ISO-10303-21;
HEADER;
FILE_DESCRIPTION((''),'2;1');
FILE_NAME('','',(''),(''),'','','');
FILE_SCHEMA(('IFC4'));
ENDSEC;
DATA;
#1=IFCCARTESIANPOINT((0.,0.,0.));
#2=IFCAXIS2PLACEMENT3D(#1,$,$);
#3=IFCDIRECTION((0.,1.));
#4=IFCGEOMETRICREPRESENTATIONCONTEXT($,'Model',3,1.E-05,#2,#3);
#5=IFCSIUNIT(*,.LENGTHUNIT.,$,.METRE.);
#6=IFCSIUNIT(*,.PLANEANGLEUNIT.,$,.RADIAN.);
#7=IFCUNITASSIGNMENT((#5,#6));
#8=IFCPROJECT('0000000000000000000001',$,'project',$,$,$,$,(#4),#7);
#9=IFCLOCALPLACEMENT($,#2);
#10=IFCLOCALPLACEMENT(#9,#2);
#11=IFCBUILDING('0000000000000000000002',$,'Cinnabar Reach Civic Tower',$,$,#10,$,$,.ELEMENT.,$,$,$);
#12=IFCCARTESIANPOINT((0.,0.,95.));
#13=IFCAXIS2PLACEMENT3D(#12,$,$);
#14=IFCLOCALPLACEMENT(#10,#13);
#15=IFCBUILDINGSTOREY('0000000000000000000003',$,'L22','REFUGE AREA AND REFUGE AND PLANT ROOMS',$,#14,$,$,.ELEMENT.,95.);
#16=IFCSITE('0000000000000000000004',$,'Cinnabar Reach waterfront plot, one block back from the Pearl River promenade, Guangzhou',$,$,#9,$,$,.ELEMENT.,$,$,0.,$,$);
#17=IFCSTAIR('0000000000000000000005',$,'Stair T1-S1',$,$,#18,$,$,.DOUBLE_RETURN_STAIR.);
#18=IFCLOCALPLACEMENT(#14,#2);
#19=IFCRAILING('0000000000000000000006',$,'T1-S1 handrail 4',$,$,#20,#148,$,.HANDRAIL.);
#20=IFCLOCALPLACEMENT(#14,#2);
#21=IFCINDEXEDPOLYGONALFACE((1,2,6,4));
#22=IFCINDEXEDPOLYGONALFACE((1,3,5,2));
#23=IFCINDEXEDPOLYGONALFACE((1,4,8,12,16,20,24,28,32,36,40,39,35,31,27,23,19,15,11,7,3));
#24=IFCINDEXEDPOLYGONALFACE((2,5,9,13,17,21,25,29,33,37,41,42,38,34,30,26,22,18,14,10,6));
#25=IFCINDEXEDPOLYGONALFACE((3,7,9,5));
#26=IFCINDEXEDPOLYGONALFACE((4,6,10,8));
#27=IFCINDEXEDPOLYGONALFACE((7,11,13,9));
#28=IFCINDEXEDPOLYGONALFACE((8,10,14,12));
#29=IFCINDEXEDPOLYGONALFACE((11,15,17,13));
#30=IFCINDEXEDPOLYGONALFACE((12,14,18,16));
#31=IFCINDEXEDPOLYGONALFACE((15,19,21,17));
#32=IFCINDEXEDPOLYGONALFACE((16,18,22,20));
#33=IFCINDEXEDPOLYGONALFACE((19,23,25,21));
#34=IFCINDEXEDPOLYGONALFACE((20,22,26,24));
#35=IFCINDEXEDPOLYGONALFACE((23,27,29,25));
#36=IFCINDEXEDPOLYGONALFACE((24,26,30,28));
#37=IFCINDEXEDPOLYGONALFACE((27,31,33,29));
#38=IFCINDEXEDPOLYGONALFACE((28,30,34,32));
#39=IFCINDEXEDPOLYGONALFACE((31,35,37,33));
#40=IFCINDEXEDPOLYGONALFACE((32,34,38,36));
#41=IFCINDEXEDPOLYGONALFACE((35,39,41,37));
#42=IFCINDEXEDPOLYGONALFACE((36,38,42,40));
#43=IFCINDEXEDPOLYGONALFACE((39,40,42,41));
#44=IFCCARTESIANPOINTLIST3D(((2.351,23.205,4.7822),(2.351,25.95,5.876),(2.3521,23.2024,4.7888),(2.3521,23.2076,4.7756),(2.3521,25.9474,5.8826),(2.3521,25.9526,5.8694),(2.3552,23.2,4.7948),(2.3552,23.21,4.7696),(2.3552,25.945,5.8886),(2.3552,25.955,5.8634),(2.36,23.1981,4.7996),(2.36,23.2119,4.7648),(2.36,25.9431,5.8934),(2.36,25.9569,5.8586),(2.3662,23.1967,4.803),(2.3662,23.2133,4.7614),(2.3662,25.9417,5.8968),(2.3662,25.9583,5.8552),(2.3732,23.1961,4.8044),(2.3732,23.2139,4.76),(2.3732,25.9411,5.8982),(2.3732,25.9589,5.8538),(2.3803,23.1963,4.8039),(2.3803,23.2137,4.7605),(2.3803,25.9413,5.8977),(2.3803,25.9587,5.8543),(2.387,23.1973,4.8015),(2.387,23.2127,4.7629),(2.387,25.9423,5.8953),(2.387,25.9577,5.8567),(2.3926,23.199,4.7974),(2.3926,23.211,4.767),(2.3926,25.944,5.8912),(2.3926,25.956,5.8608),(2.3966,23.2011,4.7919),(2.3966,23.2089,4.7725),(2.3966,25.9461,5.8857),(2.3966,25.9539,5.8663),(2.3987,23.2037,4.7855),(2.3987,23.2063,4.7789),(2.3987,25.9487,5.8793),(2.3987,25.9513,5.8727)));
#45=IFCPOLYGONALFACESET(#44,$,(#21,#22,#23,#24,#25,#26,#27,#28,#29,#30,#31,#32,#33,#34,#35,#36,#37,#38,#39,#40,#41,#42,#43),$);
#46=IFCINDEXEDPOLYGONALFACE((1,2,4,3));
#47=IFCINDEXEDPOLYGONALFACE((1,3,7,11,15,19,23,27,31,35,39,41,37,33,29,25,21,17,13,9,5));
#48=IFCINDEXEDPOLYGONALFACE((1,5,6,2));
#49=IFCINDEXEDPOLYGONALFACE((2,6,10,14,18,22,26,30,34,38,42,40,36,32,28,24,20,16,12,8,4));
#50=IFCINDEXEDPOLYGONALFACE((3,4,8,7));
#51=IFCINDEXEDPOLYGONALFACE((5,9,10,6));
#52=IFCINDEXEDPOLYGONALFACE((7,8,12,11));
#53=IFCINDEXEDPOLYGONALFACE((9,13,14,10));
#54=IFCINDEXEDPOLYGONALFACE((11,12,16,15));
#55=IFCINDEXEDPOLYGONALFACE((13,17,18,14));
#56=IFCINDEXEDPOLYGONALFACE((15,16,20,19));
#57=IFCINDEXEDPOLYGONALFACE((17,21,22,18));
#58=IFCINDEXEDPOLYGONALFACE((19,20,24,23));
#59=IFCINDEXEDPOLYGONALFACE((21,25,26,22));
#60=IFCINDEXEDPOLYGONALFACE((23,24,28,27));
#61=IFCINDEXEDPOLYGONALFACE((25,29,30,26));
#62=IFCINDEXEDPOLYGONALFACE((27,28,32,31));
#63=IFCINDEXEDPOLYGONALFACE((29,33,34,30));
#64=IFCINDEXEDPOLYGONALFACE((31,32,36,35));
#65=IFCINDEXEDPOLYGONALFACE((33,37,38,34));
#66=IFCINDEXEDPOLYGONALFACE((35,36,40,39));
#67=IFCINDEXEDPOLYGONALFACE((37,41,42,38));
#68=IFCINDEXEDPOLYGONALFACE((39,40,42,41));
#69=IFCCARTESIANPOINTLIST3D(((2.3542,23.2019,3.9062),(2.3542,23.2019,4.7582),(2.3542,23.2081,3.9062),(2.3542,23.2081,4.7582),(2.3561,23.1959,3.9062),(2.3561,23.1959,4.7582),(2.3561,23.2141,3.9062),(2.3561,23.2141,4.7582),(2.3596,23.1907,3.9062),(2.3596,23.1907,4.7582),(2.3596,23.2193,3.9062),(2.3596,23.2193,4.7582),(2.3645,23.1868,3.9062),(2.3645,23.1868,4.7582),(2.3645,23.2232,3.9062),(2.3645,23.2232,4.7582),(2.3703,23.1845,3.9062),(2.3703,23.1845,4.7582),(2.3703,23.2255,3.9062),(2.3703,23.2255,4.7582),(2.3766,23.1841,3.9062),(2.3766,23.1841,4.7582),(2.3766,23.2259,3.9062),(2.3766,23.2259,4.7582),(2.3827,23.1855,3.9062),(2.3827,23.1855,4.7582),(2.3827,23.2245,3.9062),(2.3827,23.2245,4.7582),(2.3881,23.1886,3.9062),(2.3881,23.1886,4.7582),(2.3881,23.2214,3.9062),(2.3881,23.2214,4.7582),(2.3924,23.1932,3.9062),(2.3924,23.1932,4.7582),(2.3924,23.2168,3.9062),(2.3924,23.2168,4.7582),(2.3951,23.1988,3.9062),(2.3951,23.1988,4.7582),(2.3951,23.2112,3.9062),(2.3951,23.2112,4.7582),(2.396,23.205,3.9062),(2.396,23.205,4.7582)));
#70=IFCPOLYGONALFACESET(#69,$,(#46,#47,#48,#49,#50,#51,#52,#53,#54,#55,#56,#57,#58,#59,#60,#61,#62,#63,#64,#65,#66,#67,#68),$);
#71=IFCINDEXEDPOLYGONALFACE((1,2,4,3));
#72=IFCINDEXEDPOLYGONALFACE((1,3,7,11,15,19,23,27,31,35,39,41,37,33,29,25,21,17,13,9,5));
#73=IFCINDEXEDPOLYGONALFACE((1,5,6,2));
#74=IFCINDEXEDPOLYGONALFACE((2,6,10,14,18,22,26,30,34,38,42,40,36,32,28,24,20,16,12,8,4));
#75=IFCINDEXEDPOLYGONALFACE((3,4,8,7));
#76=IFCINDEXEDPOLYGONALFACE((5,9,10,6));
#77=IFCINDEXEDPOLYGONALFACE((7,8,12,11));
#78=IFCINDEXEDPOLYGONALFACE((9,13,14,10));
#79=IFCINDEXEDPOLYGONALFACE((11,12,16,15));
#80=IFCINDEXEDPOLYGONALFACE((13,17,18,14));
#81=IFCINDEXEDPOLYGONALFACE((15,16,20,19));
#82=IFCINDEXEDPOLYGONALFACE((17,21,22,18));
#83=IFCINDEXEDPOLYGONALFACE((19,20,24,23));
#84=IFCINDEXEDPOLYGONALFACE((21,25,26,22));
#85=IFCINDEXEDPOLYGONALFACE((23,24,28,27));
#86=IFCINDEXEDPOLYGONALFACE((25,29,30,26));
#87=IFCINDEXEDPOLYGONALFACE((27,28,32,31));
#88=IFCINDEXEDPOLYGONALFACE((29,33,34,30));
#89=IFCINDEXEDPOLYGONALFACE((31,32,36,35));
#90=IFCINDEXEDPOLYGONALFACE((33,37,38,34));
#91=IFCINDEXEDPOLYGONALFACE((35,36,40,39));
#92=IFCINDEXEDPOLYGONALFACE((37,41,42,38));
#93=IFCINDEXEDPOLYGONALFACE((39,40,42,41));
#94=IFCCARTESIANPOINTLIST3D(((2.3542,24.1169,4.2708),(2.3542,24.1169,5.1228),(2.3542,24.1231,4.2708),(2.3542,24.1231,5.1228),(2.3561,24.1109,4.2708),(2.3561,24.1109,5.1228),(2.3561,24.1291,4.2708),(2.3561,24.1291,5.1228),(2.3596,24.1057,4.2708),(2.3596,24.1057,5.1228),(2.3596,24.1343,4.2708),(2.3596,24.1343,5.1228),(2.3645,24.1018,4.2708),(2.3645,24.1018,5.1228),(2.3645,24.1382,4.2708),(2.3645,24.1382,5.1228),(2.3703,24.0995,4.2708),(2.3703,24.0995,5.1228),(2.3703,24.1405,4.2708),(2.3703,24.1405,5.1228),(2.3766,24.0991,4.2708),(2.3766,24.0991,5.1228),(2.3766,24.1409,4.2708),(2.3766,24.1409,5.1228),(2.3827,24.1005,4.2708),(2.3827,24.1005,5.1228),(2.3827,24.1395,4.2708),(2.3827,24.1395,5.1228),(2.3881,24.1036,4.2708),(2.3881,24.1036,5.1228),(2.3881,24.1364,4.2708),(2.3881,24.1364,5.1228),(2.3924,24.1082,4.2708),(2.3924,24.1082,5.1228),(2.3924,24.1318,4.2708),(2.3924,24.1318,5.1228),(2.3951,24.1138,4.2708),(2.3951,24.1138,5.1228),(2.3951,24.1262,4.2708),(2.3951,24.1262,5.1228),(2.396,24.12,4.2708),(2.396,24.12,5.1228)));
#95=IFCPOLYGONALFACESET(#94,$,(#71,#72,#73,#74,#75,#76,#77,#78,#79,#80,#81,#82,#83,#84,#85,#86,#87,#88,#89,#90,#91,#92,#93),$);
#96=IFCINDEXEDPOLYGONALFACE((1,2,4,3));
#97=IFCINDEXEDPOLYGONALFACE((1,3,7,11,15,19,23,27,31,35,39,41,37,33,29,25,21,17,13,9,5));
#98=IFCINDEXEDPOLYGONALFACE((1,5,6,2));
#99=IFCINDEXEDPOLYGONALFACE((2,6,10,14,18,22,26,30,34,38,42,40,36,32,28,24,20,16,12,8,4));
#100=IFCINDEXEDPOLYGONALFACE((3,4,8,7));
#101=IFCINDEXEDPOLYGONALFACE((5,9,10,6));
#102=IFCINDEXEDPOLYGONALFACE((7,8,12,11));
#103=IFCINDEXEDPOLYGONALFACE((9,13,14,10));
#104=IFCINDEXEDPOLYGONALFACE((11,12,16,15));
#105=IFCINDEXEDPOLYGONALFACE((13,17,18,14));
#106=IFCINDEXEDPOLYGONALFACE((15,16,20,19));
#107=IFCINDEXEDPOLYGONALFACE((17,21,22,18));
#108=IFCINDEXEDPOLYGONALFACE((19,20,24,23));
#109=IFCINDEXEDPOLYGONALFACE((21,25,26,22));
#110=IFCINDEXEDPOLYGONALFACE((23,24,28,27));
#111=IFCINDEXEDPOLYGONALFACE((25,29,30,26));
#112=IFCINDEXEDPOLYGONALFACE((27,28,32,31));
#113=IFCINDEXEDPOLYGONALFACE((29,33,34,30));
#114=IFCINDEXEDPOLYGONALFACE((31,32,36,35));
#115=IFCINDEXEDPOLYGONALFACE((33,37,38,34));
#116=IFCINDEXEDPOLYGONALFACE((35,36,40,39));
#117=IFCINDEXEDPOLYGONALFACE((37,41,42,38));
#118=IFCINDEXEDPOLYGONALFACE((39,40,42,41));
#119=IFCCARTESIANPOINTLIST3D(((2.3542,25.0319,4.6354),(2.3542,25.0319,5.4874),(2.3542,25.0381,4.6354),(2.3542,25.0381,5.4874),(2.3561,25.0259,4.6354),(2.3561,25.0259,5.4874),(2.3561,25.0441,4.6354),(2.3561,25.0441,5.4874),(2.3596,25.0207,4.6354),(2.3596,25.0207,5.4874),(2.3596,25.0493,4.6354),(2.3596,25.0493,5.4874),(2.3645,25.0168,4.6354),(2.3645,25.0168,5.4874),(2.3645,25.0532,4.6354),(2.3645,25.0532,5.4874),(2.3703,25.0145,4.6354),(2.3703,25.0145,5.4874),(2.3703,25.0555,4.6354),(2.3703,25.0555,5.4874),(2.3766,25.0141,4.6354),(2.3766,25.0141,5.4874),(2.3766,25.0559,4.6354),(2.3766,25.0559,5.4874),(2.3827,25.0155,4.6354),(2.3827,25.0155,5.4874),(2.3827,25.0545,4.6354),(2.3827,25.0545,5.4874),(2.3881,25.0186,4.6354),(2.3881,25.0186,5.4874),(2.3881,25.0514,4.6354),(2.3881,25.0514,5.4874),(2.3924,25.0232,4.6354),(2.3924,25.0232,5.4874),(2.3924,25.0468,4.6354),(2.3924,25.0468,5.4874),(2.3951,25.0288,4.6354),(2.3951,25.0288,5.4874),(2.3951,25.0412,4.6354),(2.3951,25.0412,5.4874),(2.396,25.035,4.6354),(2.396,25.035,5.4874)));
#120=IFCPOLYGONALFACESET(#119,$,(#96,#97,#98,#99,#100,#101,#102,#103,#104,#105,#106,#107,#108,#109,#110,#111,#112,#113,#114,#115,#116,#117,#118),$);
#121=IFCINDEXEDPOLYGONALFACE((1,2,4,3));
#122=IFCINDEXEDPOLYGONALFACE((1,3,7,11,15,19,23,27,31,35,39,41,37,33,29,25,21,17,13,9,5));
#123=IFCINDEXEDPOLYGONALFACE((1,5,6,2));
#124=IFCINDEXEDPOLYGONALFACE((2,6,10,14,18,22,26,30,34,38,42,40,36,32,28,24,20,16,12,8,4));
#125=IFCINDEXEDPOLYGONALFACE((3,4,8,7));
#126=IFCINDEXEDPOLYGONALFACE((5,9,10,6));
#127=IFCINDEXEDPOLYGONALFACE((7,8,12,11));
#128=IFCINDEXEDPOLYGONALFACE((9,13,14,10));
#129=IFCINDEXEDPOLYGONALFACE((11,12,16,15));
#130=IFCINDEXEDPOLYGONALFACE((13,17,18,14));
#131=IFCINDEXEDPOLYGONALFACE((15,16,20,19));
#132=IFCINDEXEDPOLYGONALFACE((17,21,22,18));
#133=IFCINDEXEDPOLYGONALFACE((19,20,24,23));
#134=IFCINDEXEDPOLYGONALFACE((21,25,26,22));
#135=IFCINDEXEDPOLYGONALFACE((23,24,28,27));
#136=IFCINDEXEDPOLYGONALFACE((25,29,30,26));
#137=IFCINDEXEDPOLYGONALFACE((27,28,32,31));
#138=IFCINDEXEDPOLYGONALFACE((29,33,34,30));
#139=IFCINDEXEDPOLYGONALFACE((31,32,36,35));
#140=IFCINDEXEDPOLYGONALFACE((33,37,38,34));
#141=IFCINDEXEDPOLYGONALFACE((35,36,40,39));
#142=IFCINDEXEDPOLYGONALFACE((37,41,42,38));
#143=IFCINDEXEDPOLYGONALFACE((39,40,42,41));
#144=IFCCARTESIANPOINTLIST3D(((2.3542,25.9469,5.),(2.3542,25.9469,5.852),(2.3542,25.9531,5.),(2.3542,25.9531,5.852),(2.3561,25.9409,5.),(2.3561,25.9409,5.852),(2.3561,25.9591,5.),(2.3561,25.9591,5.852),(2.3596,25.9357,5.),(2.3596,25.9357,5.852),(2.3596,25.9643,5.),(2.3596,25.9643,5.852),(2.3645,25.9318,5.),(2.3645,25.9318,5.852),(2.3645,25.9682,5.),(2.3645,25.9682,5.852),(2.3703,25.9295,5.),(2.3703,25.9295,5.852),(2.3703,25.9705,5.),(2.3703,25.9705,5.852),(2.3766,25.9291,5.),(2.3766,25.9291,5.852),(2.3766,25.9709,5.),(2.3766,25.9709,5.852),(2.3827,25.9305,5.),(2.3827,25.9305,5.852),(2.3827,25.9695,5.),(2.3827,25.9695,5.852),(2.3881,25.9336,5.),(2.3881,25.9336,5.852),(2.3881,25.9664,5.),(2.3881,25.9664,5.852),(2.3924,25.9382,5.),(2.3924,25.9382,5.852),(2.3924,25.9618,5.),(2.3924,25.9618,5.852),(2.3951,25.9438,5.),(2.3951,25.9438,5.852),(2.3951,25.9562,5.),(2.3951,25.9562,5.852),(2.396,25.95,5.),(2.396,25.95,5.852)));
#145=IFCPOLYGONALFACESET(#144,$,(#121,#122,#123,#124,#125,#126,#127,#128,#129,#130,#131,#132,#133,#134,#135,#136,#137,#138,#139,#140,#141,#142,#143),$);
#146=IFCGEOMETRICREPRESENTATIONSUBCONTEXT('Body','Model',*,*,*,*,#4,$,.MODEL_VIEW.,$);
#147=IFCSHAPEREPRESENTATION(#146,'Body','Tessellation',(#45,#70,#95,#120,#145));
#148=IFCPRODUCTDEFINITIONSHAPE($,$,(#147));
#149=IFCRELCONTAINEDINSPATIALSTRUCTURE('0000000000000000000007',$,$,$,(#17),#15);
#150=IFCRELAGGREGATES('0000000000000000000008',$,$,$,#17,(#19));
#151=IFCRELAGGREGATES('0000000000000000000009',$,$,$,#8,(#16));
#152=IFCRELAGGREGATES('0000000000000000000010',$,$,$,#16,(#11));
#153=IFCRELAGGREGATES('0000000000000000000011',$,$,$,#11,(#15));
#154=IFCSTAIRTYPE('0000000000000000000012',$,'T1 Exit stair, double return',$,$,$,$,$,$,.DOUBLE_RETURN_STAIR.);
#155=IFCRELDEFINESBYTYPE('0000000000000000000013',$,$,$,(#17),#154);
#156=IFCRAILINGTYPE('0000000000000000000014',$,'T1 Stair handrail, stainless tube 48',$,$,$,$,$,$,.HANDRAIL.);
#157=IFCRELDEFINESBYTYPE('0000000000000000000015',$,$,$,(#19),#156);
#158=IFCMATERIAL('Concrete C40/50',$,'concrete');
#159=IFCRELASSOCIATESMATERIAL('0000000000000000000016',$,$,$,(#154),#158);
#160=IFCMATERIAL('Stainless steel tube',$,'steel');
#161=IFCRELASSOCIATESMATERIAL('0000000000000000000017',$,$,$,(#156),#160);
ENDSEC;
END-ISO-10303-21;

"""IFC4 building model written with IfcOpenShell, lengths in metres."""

from ifc_helpers import new_model, si_unit, direction, frame, origin, origin_2d, place, context, subcontext, project, spatial, circle, extrude, material, type_object, element, aggregate, save


model = new_model("IFC4")

# Units and contexts
model_context = context("Model", 3, precision=1e-05, world=origin(), true_north=direction((0.0, 1.0)))
body_context = subcontext(model_context, "Body", "Model", "MODEL_VIEW")
ifc_project = project(units=[si_unit("LENGTHUNIT", "METRE"), si_unit("PLANEANGLEUNIT", "RADIAN")], contexts=[model_context])

# Site, building, storey
site_placement = place(None, origin())
site = spatial("IfcSite", under=ifc_project, at=site_placement, Name="Cinnabar Reach waterfront plot, one block back from the Pearl River promenade, Guangzhou", CompositionType="ELEMENT", RefElevation=0.0)
building_placement = place(site_placement, origin())
building = spatial("IfcBuilding", under=site, at=building_placement, Name="Cinnabar Reach Civic Tower", CompositionType="ELEMENT")
storey_placement = place(building_placement, frame((0.0, 0.0, 95.0)))
storey = spatial("IfcBuildingStorey", under=building, at=storey_placement, Name="L22", Description="REFUGE AREA AND REFUGE AND PLANT ROOMS", CompositionType="ELEMENT", Elevation=95.0)

# Stair, railing
ifc_material_1 = material(Name="Concrete C40/50", Category="concrete")
stair_type = type_object("IfcStairType", Name="T1 Exit stair, double return", PredefinedType="DOUBLE_RETURN_STAIR", material=ifc_material_1)
stair_placement = place(storey_placement, origin())
stair = element("IfcStair", 1, at=stair_placement, inside=storey, type_object=stair_type, Name="Stair T1-S1", PredefinedType="DOUBLE_RETURN_STAIR")
ifc_material_2 = material(Name="Stainless steel tube", Category="steel")
railing_type = type_object("IfcRailingType", Name="T1 Stair handrail, stainless tube 48", PredefinedType="HANDRAIL", material=ifc_material_2)
railing_1_placement = place(storey_placement, frame((2.375, 23.205, 3.9062)))
railing_1 = element("IfcRailing", 2, at=railing_1_placement, type_object=railing_type, Name="T1-S1 handrail 4", PredefinedType="HANDRAIL", context=body_context, shape_type="SweptSolid", body=[
    extrude(circle(Radius=0.024, at=origin_2d()), frame((0.0, 0.0, 0.876), z_axis=(0.0, 0.928966, 0.370165), x_axis=(-1.0, 0.0, 0.0)), (0.0, 0.0, 1.0), 2.9549),
    extrude(circle(Radius=0.021, at=origin_2d()), origin(), (0.0, 0.0, 1.0), 0.852),
    extrude(circle(Radius=0.021, at=origin_2d()), frame((0.0, 0.915, 0.3646)), (0.0, 0.0, 1.0), 0.852),
    extrude(circle(Radius=0.021, at=origin_2d()), frame((0.0, 1.83, 0.7292)), (0.0, 0.0, 1.0), 0.852),
    extrude(circle(Radius=0.021, at=origin_2d()), frame((0.0, 2.745, 1.0938)), (0.0, 0.0, 1.0), 0.852),
])
aggregate(stair, [railing_1])

save(model, "model.ifc")
